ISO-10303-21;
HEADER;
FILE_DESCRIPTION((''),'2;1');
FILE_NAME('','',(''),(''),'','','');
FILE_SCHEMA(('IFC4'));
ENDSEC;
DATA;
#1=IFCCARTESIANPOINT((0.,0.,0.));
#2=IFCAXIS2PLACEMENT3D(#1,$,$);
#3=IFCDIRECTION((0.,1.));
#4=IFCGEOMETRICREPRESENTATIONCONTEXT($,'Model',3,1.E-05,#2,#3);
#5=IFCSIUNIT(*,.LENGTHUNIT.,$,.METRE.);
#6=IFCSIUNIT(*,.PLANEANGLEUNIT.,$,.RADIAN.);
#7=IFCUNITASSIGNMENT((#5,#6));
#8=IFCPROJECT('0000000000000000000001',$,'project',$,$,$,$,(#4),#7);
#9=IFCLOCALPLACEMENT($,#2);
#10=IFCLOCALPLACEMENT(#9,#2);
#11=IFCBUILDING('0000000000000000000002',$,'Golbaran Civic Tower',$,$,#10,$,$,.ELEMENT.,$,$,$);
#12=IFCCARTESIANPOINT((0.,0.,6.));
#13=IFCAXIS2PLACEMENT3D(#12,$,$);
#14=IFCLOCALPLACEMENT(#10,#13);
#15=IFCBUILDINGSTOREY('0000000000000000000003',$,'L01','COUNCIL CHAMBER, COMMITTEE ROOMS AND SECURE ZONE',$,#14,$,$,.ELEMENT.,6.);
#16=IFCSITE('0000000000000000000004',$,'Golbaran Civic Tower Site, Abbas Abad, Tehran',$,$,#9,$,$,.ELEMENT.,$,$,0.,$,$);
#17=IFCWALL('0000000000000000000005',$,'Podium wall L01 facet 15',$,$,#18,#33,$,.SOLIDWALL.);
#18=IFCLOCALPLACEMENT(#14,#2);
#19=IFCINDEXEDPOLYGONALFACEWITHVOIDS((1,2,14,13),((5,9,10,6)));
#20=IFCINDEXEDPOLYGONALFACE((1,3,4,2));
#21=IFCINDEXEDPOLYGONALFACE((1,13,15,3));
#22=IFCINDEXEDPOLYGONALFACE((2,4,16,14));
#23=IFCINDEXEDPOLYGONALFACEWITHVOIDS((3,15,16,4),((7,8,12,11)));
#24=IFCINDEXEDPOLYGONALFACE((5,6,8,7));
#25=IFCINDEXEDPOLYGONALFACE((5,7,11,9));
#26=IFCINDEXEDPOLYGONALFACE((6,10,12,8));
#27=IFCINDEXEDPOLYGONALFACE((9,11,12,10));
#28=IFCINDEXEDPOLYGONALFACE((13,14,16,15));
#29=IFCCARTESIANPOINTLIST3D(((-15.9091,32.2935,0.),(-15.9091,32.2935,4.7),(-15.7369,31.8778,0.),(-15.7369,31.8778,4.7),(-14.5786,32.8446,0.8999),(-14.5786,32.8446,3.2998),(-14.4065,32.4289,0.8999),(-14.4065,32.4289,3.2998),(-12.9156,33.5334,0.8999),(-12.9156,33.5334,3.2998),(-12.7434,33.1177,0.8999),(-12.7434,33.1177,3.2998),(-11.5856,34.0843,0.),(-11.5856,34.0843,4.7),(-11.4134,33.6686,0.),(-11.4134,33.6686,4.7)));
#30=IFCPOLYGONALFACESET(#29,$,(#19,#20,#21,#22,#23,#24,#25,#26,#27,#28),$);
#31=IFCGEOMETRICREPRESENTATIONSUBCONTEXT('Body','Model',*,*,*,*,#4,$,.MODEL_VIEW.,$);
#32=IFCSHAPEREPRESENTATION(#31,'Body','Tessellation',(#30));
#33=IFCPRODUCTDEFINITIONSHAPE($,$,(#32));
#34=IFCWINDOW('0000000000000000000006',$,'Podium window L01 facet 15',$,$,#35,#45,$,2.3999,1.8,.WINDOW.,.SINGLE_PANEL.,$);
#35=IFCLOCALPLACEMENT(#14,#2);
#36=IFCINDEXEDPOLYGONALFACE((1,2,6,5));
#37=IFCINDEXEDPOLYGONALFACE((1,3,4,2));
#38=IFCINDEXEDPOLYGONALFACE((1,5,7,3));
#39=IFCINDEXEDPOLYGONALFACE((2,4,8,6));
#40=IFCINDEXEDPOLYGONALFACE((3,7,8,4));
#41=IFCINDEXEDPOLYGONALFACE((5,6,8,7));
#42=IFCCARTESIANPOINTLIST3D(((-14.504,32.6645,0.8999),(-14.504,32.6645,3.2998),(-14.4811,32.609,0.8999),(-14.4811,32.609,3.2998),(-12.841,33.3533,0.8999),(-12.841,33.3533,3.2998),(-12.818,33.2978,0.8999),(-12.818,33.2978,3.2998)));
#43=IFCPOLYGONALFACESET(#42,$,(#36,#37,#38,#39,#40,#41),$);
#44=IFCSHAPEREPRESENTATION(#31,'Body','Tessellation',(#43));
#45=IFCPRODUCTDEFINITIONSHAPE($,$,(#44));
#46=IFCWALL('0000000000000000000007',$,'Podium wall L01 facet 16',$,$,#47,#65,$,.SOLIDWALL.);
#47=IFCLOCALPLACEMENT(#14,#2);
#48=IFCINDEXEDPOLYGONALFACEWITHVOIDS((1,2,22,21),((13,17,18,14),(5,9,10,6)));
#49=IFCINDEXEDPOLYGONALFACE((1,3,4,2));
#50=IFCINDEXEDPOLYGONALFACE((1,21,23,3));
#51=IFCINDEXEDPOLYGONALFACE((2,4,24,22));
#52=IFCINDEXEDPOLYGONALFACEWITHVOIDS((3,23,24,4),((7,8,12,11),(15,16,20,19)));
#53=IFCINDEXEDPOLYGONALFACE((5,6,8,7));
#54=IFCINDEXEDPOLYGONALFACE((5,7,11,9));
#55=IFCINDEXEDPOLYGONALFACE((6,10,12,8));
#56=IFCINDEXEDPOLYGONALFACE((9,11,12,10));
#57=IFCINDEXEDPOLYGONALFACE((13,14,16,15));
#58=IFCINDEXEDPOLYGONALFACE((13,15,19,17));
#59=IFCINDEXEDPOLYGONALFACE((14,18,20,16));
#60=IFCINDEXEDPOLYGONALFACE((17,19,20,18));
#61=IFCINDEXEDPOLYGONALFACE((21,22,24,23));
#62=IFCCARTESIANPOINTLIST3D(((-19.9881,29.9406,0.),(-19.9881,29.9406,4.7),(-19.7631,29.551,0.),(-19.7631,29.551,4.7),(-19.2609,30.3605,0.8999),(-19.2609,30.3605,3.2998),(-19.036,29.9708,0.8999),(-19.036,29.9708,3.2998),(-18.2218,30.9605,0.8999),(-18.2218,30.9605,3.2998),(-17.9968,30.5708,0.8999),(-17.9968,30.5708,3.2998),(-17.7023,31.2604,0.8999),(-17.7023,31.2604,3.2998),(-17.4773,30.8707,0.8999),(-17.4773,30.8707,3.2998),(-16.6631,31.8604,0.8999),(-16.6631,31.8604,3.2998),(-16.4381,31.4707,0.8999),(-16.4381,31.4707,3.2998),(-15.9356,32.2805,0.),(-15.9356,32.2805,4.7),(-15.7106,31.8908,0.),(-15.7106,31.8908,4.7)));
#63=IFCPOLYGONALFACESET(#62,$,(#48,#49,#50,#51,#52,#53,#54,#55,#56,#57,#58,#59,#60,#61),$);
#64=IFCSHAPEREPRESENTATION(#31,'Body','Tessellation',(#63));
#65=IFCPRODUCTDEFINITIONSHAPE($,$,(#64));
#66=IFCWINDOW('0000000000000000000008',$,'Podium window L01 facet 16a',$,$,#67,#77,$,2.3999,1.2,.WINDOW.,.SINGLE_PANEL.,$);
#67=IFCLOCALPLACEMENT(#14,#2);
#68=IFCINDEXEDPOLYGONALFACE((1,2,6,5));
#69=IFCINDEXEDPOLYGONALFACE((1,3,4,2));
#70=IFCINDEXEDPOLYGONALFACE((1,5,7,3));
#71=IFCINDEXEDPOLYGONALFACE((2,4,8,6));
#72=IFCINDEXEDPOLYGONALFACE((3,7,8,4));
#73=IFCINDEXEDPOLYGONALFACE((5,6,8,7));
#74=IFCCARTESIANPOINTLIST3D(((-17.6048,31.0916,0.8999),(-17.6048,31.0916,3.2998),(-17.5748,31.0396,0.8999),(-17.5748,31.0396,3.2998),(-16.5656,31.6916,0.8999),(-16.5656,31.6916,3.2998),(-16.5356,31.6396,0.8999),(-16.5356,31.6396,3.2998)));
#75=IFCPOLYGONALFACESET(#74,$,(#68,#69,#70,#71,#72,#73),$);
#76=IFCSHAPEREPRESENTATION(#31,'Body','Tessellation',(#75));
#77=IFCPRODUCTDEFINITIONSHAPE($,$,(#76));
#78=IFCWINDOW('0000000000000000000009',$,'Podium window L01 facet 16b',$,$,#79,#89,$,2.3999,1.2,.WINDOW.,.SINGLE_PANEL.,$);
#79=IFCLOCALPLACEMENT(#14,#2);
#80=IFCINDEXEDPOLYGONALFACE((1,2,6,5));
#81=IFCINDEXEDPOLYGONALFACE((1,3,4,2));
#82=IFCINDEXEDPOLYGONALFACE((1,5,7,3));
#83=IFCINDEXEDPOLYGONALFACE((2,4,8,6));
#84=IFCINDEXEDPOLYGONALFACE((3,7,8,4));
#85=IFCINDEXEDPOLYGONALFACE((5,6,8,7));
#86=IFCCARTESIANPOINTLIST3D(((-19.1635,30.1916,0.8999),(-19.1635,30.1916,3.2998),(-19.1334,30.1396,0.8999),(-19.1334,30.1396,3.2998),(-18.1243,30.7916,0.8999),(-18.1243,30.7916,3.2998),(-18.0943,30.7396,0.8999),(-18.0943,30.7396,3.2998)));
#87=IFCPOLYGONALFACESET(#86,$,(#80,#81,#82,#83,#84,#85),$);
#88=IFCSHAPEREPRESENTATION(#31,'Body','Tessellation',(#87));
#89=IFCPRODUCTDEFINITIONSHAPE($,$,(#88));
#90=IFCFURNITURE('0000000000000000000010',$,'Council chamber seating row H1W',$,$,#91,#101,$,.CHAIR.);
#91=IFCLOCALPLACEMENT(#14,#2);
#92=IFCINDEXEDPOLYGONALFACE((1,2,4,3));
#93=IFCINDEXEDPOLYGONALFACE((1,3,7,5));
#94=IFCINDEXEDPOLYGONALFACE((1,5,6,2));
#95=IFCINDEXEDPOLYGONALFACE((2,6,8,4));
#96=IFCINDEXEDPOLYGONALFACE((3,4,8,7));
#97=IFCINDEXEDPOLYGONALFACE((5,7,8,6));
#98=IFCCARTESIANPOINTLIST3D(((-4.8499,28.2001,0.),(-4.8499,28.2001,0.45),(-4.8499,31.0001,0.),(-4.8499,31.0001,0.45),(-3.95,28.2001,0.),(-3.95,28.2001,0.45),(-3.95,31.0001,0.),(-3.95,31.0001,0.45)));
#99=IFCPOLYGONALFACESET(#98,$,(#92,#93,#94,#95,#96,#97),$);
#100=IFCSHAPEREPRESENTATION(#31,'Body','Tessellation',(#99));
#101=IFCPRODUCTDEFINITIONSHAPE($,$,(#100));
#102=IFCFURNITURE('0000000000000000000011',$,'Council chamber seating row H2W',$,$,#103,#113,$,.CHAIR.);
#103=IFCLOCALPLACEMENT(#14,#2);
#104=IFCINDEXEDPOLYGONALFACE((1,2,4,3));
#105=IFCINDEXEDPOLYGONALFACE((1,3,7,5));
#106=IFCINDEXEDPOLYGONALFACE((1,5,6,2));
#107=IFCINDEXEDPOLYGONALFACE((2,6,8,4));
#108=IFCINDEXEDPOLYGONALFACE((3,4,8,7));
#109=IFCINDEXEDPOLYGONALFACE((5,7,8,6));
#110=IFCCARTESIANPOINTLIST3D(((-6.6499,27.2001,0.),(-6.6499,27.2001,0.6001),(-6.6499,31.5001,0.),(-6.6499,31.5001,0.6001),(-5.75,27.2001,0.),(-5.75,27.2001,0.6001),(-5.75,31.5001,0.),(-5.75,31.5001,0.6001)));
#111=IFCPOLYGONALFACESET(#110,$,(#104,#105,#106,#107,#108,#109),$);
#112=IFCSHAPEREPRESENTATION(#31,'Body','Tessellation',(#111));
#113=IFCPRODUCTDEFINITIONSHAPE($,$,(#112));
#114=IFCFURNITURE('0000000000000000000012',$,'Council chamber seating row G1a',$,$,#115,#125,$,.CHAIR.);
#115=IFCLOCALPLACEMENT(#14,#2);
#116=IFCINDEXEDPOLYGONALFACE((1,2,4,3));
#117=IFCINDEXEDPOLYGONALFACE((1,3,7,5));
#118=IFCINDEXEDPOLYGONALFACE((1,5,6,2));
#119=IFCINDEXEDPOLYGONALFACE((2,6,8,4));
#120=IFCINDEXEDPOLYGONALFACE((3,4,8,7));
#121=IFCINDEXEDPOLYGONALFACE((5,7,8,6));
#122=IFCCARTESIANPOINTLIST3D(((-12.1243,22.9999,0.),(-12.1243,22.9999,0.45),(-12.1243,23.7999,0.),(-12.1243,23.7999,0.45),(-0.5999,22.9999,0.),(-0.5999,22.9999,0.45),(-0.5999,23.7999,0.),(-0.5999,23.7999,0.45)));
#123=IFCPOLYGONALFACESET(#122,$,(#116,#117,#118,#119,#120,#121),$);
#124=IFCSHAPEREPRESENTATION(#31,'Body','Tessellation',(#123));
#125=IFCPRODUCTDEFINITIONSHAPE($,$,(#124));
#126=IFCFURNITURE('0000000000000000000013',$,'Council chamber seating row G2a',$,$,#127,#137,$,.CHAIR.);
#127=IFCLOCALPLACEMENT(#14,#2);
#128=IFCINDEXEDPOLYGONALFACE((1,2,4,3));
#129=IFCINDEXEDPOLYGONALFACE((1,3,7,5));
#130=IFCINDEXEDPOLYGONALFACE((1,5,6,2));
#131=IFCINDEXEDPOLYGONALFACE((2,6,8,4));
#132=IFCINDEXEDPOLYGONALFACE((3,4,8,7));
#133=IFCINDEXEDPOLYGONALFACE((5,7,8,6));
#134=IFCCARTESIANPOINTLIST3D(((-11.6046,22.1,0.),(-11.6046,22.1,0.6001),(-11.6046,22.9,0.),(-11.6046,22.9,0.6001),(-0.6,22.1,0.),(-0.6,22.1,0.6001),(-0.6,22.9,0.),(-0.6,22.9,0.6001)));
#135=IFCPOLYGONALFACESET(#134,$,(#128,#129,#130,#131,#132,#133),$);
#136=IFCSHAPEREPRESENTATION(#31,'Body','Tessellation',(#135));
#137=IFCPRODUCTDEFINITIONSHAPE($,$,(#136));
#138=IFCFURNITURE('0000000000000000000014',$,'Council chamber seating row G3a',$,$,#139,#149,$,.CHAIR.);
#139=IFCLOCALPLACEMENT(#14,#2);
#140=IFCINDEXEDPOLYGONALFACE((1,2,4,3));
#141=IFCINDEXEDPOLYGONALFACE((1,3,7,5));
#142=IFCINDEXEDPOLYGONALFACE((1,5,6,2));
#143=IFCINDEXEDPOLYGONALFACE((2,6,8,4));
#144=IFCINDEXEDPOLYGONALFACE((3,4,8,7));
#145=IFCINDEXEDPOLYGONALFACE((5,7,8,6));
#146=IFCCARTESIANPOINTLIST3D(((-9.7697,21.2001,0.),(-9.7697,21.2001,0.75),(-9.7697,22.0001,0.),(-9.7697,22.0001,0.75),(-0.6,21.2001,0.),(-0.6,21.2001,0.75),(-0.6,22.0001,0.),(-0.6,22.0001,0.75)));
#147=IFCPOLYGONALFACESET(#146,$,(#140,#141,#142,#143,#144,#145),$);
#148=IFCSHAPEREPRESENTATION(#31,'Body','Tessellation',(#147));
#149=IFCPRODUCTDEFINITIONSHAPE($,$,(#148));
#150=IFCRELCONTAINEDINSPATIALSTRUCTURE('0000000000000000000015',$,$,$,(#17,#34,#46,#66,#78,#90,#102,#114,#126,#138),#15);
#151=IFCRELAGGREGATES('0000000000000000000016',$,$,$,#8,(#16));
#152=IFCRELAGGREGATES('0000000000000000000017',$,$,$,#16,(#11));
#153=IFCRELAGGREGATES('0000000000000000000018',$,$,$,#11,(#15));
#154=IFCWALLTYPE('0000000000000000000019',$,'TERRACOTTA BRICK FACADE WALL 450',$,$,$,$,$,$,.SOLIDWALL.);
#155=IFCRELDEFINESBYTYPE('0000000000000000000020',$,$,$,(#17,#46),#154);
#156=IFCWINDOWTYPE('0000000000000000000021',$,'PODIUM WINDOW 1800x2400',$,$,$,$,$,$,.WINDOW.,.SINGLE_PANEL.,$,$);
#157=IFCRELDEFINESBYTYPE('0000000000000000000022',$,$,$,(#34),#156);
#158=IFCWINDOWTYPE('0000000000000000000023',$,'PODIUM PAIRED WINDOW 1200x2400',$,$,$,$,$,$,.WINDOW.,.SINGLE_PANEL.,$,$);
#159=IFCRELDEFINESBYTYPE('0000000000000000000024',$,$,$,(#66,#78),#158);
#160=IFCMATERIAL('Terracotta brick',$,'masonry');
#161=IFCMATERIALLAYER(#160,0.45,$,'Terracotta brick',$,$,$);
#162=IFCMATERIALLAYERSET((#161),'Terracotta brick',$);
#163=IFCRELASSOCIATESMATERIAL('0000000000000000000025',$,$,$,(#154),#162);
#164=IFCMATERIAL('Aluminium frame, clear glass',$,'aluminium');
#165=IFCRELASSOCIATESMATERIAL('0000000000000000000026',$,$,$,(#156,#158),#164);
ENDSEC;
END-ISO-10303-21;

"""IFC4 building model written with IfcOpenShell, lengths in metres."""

from ifc_helpers import new_model, si_unit, direction, frame, frame_2d, origin, origin_2d, place, context, subcontext, project, spatial, rectangle, extrude, material, layer, layer_set, type_object, element, fill, save


model = new_model("IFC4")

# Units and contexts
model_context = context("Model", 3, precision=1e-05, world=origin(), true_north=direction((0.0, 1.0)))
body_context = subcontext(model_context, "Body", "Model", "MODEL_VIEW")
ifc_project = project(units=[si_unit("LENGTHUNIT", "METRE"), si_unit("PLANEANGLEUNIT", "RADIAN")], contexts=[model_context])

# Site, building, storey
site_placement = place(None, origin())
site = spatial("IfcSite", under=ifc_project, at=site_placement, Name="Golbaran Civic Tower Site, Abbas Abad, Tehran", CompositionType="ELEMENT", RefElevation=0.0)
building_placement = place(site_placement, origin())
building = spatial("IfcBuilding", under=site, at=building_placement, Name="Golbaran Civic Tower", CompositionType="ELEMENT")
storey_placement = place(building_placement, frame((0.0, 0.0, 6.0)))
storey = spatial("IfcBuildingStorey", under=building, at=storey_placement, Name="L01", Description="COUNCIL CHAMBER, COMMITTEE ROOMS AND SECURE ZONE", CompositionType="ELEMENT", Elevation=6.0)

# Wall, opening, window
ifc_material_1 = material(Name="Terracotta brick", Category="masonry")
ifc_layer_1 = layer(ifc_material_1, 0.45, Name="Terracotta brick")
ifc_layer_set_1 = layer_set([ifc_layer_1], Name="Terracotta brick")
wall_type_1 = type_object("IfcWallType", Name="TERRACOTTA BRICK FACADE WALL 450", PredefinedType="SOLIDWALL", material=ifc_layer_set_1)
ifc_material_2 = material(Name="Aluminium frame, clear glass", Category="aluminium")
window_type_1 = type_object("IfcWindowType", Name="PODIUM WINDOW 1800x2400", PartitioningType="SINGLE_PANEL", PredefinedType="WINDOW", material=ifc_material_2)
wall_1_placement = place(storey_placement, frame((-11.4995, 33.8765, 0.0), z_axis=(0.0, 0.0, 1.0), x_axis=(-0.923885, -0.38267, 0.0)))
wall_1 = element("IfcWall", 1, at=wall_1_placement, inside=storey, type_object=wall_type_1, Name="Podium wall L01 facet 15", PredefinedType="SOLIDWALL", context=body_context, shape_type="SweptSolid", body=[
    extrude(rectangle(XDim=4.6797, YDim=0.45, at=frame_2d((2.3398, 0.0))), origin(), (0.0, 0.0, 1.0), 4.7),
])
opening_1_placement = place(wall_1_placement, frame((1.4397, 0.0, 0.8999)))
opening_1 = element("IfcOpeningElement", 2, at=opening_1_placement, cuts=wall_1, PredefinedType="OPENING", context=body_context, shape_type="SweptSolid", body=[
    extrude(rectangle(XDim=1.8, YDim=2.3999, at=frame_2d((0.8999, 1.2))), frame((0.0, 0.2349, 0.0), z_axis=(0.0, -1.0, 0.0), x_axis=(1.0, 0.0, 0.0)), (0.0, 0.0, 1.0), 0.47),
])
window_1_placement = place(opening_1_placement, origin())
window_1 = element("IfcWindow", 3, at=window_1_placement, inside=storey, type_object=window_type_1, Name="Podium window L01 facet 15", OverallHeight=2.3999, OverallWidth=1.8, PartitioningType="SINGLE_PANEL", PredefinedType="WINDOW", context=body_context, shape_type="SweptSolid", body=[
    extrude(rectangle(XDim=1.8, YDim=2.3999, at=frame_2d((0.8999, 1.2))), frame((0.0, 0.03, 0.0), z_axis=(0.0, -1.0, 0.0), x_axis=(1.0, 0.0, 0.0)), (0.0, 0.0, 1.0), 0.0601),
])
fill(opening_1, window_1)

# Wall, openings, windows
wall_2_placement = place(storey_placement, frame((-15.823, 32.0857, 0.0), z_axis=(0.0, 0.0, 1.0), x_axis=(-0.866013, -0.500022, 0.0)))
wall_2 = element("IfcWall", 4, at=wall_2_placement, inside=storey, type_object=wall_type_1, Name="Podium wall L01 facet 16", PredefinedType="SOLIDWALL", context=body_context, shape_type="SweptSolid", body=[
    extrude(rectangle(XDim=4.6794, YDim=0.45, at=frame_2d((2.3398, 0.0))), origin(), (0.0, 0.0, 1.0), 4.7),
])
opening_2_placement = place(wall_2_placement, frame((0.8401, 0.0, 0.8999)))
opening_2 = element("IfcOpeningElement", 5, at=opening_2_placement, cuts=wall_2, PredefinedType="OPENING", context=body_context, shape_type="SweptSolid", body=[
    extrude(rectangle(XDim=1.2, YDim=2.3999, at=frame_2d((0.6001, 1.2))), frame((0.0, 0.2349, 0.0), z_axis=(0.0, -1.0, 0.0), x_axis=(1.0, 0.0, 0.0)), (0.0, 0.0, 1.0), 0.47),
])
opening_3_placement = place(wall_2_placement, frame((2.6399, 0.0, 0.8999)))
opening_3 = element("IfcOpeningElement", 6, at=opening_3_placement, cuts=wall_2, PredefinedType="OPENING", context=body_context, shape_type="SweptSolid", body=[
    extrude(rectangle(XDim=1.2, YDim=2.3999, at=frame_2d((0.6001, 1.2))), frame((0.0, 0.2349, 0.0), z_axis=(0.0, -1.0, 0.0), x_axis=(1.0, 0.0, 0.0)), (0.0, 0.0, 1.0), 0.47),
])
window_type_2 = type_object("IfcWindowType", Name="PODIUM PAIRED WINDOW 1200x2400", PartitioningType="SINGLE_PANEL", PredefinedType="WINDOW", material=ifc_material_2)
window_2_placement = place(opening_2_placement, origin())
window_2 = element("IfcWindow", 7, at=window_2_placement, inside=storey, type_object=window_type_2, Name="Podium window L01 facet 16a", OverallHeight=2.3999, OverallWidth=1.2, PartitioningType="SINGLE_PANEL", PredefinedType="WINDOW", context=body_context, shape_type="SweptSolid", body=[
    extrude(rectangle(XDim=1.2, YDim=2.3999, at=frame_2d((0.6001, 1.2))), frame((0.0, 0.03, 0.0), z_axis=(0.0, -1.0, 0.0), x_axis=(1.0, 0.0, 0.0)), (0.0, 0.0, 1.0), 0.0601),
])
fill(opening_2, window_2)
window_3_placement = place(opening_3_placement, origin())
window_3 = element("IfcWindow", 8, at=window_3_placement, inside=storey, type_object=window_type_2, Name="Podium window L01 facet 16b", OverallHeight=2.3999, OverallWidth=1.2, PartitioningType="SINGLE_PANEL", PredefinedType="WINDOW", context=body_context, shape_type="SweptSolid", body=[
    extrude(rectangle(XDim=1.2, YDim=2.3999, at=frame_2d((0.6001, 1.2))), frame((0.0, 0.03, 0.0), z_axis=(0.0, -1.0, 0.0), x_axis=(1.0, 0.0, 0.0)), (0.0, 0.0, 1.0), 0.0601),
])
fill(opening_3, window_3)

# Furniture
furniture_1_placement = place(storey_placement, frame((-4.3999, 29.6001, 0.0), z_axis=(0.0, 0.0, 1.0), x_axis=(0.0, 1.0, 0.0)))
element("IfcFurniture", 9, at=furniture_1_placement, inside=storey, Name="Council chamber seating row H1W", PredefinedType="CHAIR", context=body_context, shape_type="SweptSolid", body=[
    extrude(rectangle(XDim=2.8, YDim=0.8999, at=origin_2d()), origin(), (0.0, 0.0, 1.0), 0.45),
])
furniture_2_placement = place(storey_placement, frame((-6.2, 29.3501, 0.0), z_axis=(0.0, 0.0, 1.0), x_axis=(0.0, 1.0, 0.0)))
element("IfcFurniture", 10, at=furniture_2_placement, inside=storey, Name="Council chamber seating row H2W", PredefinedType="CHAIR", context=body_context, shape_type="SweptSolid", body=[
    extrude(rectangle(XDim=4.3, YDim=0.8999, at=origin_2d()), origin(), (0.0, 0.0, 1.0), 0.6001),
])
furniture_3_placement = place(storey_placement, frame((-6.3621, 23.3999, 0.0), z_axis=(0.0, 0.0, 1.0), x_axis=(1.0, 0.0, 0.0)))
element("IfcFurniture", 11, at=furniture_3_placement, inside=storey, Name="Council chamber seating row G1a", PredefinedType="CHAIR", context=body_context, shape_type="SweptSolid", body=[
    extrude(rectangle(XDim=11.5244, YDim=0.8, at=origin_2d()), origin(), (0.0, 0.0, 1.0), 0.45),
])
furniture_4_placement = place(storey_placement, frame((-6.1023, 22.5, 0.0), z_axis=(0.0, 0.0, 1.0), x_axis=(1.0, 0.0, 0.0)))
element("IfcFurniture", 12, at=furniture_4_placement, inside=storey, Name="Council chamber seating row G2a", PredefinedType="CHAIR", context=body_context, shape_type="SweptSolid", body=[
    extrude(rectangle(XDim=11.0046, YDim=0.8, at=origin_2d()), origin(), (0.0, 0.0, 1.0), 0.6001),
])
furniture_5_placement = place(storey_placement, frame((-5.1848, 21.6001, 0.0), z_axis=(0.0, 0.0, 1.0), x_axis=(1.0, 0.0, 0.0)))
element("IfcFurniture", 13, at=furniture_5_placement, inside=storey, Name="Council chamber seating row G3a", PredefinedType="CHAIR", context=body_context, shape_type="SweptSolid", body=[
    extrude(rectangle(XDim=9.1697, YDim=0.8, at=origin_2d()), origin(), (0.0, 0.0, 1.0), 0.75),
])

save(model, "model.ifc")
